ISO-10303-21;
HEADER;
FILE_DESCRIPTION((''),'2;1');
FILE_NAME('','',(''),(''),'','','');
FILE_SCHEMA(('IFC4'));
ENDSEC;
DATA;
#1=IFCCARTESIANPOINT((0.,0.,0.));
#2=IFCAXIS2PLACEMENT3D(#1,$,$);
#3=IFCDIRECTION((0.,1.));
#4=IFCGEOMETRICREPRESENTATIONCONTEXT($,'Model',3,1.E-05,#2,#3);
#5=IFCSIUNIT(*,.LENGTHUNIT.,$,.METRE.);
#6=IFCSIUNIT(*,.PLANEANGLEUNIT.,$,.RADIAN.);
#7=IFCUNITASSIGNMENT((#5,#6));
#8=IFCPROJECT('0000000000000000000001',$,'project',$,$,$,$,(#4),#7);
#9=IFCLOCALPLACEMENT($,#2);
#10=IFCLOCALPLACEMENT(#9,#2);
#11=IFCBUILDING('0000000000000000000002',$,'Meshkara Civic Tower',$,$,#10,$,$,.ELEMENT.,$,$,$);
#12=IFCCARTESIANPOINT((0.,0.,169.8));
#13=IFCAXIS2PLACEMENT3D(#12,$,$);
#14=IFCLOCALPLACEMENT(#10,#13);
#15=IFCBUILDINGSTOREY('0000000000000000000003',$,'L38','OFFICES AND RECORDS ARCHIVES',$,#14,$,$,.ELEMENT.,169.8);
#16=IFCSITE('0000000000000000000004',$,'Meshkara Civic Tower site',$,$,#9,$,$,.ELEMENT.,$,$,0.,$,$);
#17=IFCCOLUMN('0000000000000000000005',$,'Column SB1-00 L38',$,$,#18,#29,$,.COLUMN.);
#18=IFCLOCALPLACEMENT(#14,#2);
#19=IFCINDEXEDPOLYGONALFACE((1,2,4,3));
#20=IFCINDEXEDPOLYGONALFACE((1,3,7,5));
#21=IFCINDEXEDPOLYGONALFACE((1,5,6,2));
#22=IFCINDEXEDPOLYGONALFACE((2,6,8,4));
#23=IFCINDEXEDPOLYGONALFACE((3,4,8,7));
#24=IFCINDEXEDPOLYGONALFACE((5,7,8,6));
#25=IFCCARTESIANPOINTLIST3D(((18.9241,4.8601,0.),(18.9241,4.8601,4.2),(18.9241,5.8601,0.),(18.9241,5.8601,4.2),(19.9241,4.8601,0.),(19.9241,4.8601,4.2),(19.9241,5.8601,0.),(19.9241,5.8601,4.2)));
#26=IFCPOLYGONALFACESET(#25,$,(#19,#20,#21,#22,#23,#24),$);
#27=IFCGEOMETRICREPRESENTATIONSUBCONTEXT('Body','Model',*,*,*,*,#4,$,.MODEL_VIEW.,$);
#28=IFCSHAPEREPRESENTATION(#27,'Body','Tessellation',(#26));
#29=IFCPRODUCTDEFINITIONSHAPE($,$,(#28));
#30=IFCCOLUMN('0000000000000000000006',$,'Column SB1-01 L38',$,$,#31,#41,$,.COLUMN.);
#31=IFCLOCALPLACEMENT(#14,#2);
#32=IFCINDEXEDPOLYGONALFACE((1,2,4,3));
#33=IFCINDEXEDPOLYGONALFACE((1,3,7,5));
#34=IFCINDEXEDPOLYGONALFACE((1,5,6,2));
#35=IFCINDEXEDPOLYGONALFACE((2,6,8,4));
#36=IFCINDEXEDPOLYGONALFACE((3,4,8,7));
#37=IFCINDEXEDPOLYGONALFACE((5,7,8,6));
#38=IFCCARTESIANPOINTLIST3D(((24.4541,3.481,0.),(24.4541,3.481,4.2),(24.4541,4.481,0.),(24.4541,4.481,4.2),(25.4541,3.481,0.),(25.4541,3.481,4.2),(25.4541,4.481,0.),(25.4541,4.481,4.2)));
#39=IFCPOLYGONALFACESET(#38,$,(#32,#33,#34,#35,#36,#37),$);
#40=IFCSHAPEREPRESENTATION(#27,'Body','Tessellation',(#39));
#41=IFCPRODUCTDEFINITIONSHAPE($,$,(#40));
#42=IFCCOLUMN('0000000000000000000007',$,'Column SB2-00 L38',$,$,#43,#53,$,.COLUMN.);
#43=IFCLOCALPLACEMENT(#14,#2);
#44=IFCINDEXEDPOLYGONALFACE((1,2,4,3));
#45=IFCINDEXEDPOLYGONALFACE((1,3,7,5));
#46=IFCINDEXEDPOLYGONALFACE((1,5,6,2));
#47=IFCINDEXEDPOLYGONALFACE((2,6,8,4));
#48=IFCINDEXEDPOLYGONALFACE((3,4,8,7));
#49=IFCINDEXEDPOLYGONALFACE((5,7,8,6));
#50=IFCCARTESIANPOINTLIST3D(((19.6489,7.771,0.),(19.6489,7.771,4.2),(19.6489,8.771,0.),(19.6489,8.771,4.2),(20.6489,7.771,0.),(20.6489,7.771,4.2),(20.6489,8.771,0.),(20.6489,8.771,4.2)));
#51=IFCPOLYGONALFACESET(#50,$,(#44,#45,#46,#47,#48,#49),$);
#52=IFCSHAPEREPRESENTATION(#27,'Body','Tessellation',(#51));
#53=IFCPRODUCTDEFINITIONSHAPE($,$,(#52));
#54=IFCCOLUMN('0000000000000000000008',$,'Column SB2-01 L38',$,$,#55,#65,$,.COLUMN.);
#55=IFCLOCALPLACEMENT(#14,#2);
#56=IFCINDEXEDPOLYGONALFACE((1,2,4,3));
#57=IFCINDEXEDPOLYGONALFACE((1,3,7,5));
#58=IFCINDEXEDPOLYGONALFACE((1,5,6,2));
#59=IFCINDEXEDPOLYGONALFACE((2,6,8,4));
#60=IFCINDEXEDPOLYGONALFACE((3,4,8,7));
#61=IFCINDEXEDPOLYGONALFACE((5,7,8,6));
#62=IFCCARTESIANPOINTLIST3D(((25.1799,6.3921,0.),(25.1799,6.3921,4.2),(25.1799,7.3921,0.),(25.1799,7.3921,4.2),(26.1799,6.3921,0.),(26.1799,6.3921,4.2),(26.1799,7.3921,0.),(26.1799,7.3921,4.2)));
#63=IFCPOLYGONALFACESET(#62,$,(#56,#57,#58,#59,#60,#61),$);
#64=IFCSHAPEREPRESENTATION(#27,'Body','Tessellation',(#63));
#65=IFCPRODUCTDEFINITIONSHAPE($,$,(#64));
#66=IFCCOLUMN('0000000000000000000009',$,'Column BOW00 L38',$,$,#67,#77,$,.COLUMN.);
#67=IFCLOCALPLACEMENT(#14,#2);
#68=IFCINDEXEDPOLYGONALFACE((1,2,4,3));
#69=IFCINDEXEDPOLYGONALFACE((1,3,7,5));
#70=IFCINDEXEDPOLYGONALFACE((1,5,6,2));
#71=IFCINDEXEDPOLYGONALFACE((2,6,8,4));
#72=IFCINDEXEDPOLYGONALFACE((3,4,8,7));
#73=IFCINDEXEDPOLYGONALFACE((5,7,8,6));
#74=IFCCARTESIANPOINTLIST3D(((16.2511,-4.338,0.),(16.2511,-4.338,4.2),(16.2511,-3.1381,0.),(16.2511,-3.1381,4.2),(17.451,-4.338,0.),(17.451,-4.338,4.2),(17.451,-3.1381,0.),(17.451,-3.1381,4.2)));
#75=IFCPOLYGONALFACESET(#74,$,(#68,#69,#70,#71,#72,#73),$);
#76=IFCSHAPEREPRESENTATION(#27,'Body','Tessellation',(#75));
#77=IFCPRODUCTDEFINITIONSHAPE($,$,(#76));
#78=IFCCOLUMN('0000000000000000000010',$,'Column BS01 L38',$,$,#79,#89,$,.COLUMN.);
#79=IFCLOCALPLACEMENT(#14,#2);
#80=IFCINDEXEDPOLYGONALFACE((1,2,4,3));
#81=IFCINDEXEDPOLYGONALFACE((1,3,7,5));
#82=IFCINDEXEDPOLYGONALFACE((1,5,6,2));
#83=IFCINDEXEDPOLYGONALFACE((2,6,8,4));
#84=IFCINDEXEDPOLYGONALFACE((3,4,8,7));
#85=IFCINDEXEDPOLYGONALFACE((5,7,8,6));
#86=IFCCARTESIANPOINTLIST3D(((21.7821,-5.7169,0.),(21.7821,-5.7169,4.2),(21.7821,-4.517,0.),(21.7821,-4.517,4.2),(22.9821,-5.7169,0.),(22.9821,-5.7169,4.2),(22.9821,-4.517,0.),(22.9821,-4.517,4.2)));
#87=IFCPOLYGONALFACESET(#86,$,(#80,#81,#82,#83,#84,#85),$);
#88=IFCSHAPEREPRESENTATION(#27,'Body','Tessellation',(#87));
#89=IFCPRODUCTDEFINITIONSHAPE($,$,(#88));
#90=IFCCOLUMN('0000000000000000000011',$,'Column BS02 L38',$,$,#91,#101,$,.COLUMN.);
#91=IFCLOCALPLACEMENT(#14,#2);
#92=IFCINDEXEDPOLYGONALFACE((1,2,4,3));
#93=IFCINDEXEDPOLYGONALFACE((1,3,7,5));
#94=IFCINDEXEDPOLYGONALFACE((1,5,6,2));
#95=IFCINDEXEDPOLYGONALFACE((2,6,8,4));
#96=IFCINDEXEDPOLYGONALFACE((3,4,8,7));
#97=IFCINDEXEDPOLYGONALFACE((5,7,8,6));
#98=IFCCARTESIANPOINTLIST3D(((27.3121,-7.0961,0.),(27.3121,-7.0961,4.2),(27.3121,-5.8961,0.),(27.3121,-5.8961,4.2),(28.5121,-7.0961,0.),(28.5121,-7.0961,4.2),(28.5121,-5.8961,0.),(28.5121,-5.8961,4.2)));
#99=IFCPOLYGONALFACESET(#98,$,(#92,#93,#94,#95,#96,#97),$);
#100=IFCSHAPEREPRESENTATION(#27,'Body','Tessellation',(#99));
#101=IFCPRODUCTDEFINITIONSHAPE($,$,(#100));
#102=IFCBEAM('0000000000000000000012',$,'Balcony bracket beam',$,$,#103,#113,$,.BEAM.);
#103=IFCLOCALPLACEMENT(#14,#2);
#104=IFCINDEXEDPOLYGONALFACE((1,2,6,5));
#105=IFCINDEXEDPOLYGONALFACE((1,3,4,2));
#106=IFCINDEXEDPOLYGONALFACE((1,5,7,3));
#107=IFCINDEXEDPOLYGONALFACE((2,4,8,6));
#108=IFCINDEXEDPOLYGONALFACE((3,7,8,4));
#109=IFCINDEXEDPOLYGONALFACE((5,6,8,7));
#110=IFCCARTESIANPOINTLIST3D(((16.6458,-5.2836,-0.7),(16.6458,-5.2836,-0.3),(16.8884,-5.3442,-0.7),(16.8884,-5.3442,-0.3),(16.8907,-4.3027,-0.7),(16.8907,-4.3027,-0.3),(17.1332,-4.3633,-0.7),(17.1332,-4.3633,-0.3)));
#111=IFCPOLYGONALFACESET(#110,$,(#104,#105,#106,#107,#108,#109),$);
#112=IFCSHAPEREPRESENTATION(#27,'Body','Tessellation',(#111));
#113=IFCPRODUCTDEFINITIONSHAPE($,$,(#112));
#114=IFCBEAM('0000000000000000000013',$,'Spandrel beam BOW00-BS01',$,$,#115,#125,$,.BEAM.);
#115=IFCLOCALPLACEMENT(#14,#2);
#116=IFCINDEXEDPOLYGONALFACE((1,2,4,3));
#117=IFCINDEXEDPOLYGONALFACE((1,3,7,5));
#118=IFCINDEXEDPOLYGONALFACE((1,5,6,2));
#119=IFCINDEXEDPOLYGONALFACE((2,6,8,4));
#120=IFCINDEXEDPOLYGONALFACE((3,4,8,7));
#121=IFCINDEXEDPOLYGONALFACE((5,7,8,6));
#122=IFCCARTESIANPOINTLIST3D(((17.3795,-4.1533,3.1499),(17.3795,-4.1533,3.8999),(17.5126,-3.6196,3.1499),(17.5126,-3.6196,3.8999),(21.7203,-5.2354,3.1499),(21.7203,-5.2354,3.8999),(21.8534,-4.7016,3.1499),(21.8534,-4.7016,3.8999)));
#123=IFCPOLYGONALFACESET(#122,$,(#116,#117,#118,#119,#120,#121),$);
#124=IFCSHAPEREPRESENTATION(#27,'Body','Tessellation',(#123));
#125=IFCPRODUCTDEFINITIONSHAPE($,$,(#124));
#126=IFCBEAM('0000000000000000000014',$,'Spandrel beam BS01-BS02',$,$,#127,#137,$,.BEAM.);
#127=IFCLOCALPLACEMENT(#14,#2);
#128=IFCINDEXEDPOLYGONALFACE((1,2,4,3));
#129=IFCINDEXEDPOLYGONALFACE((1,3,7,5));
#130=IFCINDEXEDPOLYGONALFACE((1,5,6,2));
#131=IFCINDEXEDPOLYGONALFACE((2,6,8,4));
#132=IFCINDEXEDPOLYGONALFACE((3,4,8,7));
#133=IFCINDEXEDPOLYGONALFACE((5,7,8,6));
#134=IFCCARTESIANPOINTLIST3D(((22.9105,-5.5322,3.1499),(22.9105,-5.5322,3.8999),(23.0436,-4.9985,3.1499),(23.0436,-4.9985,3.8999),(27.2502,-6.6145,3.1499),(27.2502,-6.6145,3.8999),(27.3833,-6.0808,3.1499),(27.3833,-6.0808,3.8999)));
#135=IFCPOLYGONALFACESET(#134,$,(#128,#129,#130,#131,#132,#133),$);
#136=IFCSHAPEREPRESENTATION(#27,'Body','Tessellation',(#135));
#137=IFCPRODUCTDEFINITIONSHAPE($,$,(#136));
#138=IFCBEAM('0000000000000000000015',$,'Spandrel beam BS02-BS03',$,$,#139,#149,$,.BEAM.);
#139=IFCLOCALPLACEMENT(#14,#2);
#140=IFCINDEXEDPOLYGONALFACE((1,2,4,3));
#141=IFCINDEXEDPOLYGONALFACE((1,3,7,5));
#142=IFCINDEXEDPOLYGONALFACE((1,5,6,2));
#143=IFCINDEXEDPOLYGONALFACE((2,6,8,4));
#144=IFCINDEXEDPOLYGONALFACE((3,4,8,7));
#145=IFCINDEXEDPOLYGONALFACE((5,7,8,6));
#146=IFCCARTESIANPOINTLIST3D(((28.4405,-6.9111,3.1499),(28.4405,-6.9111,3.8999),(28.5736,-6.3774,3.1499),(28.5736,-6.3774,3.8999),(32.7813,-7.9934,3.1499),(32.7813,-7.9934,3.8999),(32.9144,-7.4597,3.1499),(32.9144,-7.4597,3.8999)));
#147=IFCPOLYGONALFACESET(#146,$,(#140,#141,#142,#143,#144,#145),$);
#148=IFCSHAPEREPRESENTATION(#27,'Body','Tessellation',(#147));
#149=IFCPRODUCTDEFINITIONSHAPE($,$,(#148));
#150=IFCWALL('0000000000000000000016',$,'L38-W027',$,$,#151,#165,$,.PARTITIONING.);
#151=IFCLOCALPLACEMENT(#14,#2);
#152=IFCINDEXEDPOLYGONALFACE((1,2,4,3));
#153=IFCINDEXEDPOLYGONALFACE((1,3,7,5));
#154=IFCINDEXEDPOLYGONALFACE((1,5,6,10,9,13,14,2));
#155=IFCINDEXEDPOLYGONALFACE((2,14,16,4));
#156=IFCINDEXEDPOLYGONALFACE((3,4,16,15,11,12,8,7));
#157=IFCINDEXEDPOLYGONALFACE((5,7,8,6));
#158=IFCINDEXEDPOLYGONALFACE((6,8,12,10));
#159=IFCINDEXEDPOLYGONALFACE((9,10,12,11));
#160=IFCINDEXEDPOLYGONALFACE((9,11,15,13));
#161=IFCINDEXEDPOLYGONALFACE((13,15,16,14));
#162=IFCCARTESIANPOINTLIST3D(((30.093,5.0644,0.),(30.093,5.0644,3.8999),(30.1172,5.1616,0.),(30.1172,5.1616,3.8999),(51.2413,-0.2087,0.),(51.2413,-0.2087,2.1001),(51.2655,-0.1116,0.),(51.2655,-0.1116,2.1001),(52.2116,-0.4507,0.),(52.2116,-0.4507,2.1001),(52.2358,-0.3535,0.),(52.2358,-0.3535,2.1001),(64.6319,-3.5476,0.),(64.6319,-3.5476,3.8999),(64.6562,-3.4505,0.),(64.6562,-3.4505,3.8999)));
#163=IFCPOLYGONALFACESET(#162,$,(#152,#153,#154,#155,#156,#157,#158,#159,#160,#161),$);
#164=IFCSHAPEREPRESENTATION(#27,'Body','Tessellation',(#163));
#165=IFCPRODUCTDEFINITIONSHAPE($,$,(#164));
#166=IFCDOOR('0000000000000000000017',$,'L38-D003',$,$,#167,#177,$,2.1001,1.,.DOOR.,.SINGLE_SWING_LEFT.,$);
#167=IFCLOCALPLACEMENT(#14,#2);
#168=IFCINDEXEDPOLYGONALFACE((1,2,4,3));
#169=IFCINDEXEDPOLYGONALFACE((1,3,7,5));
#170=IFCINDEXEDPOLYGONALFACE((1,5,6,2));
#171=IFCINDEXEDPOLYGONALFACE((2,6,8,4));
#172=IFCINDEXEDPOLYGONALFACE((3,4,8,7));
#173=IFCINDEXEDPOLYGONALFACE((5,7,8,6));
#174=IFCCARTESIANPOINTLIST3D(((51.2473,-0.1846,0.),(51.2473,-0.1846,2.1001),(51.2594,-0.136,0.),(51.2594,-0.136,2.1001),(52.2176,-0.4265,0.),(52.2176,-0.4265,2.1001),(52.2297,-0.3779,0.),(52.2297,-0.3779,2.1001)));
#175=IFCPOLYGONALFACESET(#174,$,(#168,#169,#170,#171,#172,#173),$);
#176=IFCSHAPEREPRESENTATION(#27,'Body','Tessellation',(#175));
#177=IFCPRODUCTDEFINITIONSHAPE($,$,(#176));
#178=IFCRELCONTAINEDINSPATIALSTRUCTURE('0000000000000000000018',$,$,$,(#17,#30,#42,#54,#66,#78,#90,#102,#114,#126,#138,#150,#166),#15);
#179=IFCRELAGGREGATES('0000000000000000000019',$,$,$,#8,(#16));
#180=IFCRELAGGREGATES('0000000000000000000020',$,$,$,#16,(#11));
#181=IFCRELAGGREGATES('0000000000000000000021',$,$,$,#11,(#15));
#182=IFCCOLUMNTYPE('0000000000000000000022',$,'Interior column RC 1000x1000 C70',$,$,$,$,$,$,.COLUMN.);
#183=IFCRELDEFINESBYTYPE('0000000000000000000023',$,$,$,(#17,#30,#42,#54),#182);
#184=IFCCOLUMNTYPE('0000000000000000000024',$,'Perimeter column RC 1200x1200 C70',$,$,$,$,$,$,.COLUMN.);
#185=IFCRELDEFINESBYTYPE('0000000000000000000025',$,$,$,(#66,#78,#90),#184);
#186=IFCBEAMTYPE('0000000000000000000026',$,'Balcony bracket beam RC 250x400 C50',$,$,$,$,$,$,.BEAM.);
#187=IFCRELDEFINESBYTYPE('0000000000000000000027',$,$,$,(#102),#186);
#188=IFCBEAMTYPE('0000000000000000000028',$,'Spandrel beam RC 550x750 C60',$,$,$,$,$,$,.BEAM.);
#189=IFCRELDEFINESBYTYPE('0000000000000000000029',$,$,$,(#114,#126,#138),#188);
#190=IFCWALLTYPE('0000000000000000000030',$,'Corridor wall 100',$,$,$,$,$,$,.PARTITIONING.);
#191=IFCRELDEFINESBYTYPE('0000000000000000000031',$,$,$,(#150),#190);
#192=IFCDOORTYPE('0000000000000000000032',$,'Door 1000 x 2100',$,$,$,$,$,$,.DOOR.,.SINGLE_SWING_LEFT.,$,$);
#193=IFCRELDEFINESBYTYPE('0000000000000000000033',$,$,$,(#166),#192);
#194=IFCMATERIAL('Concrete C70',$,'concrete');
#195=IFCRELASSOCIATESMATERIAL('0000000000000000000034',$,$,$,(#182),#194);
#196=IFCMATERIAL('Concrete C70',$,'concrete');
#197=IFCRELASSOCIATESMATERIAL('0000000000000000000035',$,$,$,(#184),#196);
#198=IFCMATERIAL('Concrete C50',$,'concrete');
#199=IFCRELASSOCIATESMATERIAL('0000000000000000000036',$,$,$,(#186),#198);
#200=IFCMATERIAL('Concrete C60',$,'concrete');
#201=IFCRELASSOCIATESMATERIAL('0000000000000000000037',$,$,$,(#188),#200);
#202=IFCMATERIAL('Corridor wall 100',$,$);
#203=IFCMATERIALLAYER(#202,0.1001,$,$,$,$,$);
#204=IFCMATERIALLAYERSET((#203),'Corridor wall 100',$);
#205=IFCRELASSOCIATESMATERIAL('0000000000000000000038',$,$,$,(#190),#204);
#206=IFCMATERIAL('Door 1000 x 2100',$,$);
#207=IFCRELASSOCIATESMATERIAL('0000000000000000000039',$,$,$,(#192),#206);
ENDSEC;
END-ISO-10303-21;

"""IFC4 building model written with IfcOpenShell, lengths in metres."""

from ifc_helpers import new_model, si_unit, direction, frame, frame_2d, origin, origin_2d, place, context, subcontext, project, spatial, rectangle, extrude, material, layer, layer_set, material_profile, profile_set, type_object, element, fill, save


model = new_model("IFC4")

# Units and contexts
model_context = context("Model", 3, precision=1e-05, world=origin(), true_north=direction((0.0, 1.0)))
body_context = subcontext(model_context, "Body", "Model", "MODEL_VIEW")
ifc_project = project(units=[si_unit("LENGTHUNIT", "METRE"), si_unit("PLANEANGLEUNIT", "RADIAN")], contexts=[model_context])

# Site, building, storey
site_placement = place(None, origin())
site = spatial("IfcSite", under=ifc_project, at=site_placement, Name="Meshkara Civic Tower site", CompositionType="ELEMENT", RefElevation=0.0)
building_placement = place(site_placement, origin())
building = spatial("IfcBuilding", under=site, at=building_placement, Name="Meshkara Civic Tower", CompositionType="ELEMENT")
storey_placement = place(building_placement, frame((0.0, 0.0, 169.8)))
storey = spatial("IfcBuildingStorey", under=building, at=storey_placement, Name="L38", Description="OFFICES AND RECORDS ARCHIVES", CompositionType="ELEMENT", Elevation=169.8)

# Columns
ifc_material_1 = material(Name="Concrete C70", Category="concrete")
ifc_material_profile_1 = material_profile(ifc_material_1, rectangle(XDim=1.0, YDim=1.0, at=origin_2d()))
ifc_profile_set_1 = profile_set([ifc_material_profile_1], Name="Concrete C70")
column_type_1 = type_object("IfcColumnType", Name="Interior column RC 1000x1000 C70", PredefinedType="COLUMN", material=ifc_profile_set_1)
for number, where, z_axis, x_axis, name in (
    (1, (19.4241, 5.3601, 0.0), (0.0, 0.0, 1.0), (1.0, 0.0, 0.0), "Column SB1-00 L38"),
    (2, (24.9541, 3.981, 0.0), (0.0, 0.0, 1.0), (1.0, 0.0, 0.0), "Column SB1-01 L38"),
    (3, (20.1489, 8.271, 0.0), (0.0, 0.0, 1.0), (1.0, 0.0, 0.0), "Column SB2-00 L38"),
    (4, (25.6799, 6.8921, 0.0), (0.0, 0.0, 1.0), (1.0, 0.0, 0.0), "Column SB2-01 L38"),
):
    element("IfcColumn", number, at=place(storey_placement, frame(where, z_axis=z_axis, x_axis=x_axis)), inside=storey, type_object=column_type_1, Name=name, PredefinedType="COLUMN", context=body_context, shape_type="SweptSolid", body=[
        extrude(rectangle(XDim=1.0, YDim=1.0, at=origin_2d()), origin(), (0.0, 0.0, 1.0), 4.2),
    ])
ifc_material_2 = material(Name="Concrete C70", Category="concrete")
ifc_material_profile_2 = material_profile(ifc_material_2, rectangle(XDim=1.2, YDim=1.2, at=origin_2d()))
ifc_profile_set_2 = profile_set([ifc_material_profile_2], Name="Concrete C70")
column_type_2 = type_object("IfcColumnType", Name="Perimeter column RC 1200x1200 C70", PredefinedType="COLUMN", material=ifc_profile_set_2)
for number, where, z_axis, x_axis, name in (
    (5, (16.8511, -3.738, 0.0), (0.0, 0.0, 1.0), (1.0, 0.0, 0.0), "Column BOW00 L38"),
    (6, (22.3821, -5.1169, 0.0), (0.0, 0.0, 1.0), (1.0, 0.0, 0.0), "Column BS01 L38"),
    (7, (27.9121, -6.4961, 0.0), (0.0, 0.0, 1.0), (1.0, 0.0, 0.0), "Column BS02 L38"),
):
    element("IfcColumn", number, at=place(storey_placement, frame(where, z_axis=z_axis, x_axis=x_axis)), inside=storey, type_object=column_type_2, Name=name, PredefinedType="COLUMN", context=body_context, shape_type="SweptSolid", body=[
        extrude(rectangle(XDim=1.2, YDim=1.2, at=origin_2d()), origin(), (0.0, 0.0, 1.0), 4.2),
    ])

# Beams
ifc_material_3 = material(Name="Concrete C50", Category="concrete")
ifc_material_profile_3 = material_profile(ifc_material_3, rectangle(XDim=0.25, YDim=0.3999, at=origin_2d()))
ifc_profile_set_3 = profile_set([ifc_material_profile_3], Name="Concrete C50")
beam_type_1 = type_object("IfcBeamType", Name="Balcony bracket beam RC 250x400 C50", PredefinedType="BEAM", material=ifc_profile_set_3)
beam_1_placement = place(storey_placement, frame((17.012, -4.333, -0.5), z_axis=(-0.242195, -0.970228, 0.0), x_axis=(0.970228, -0.242195, 0.0)))
element("IfcBeam", 8, at=beam_1_placement, inside=storey, type_object=beam_type_1, Name="Balcony bracket beam", PredefinedType="BEAM", context=body_context, shape_type="SweptSolid", body=[
    extrude(rectangle(XDim=0.25, YDim=0.3999, at=origin_2d()), origin(), (0.0, 0.0, 1.0), 1.011),
])
ifc_material_4 = material(Name="Concrete C60", Category="concrete")
ifc_material_profile_4 = material_profile(ifc_material_4, rectangle(XDim=0.55, YDim=0.75, at=origin_2d()))
ifc_profile_set_4 = profile_set([ifc_material_profile_4], Name="Concrete C60")
beam_type_2 = type_object("IfcBeamType", Name="Spandrel beam RC 550x750 C60", PredefinedType="BEAM", material=ifc_profile_set_4)
beam_2_placement = place(storey_placement, frame((17.446, -3.8865, 3.5249), z_axis=(0.970309, -0.241868, 0.0), x_axis=(0.241868, 0.970309, 0.0)))
element("IfcBeam", 9, at=beam_2_placement, inside=storey, type_object=beam_type_2, Name="Spandrel beam BOW00-BS01", PredefinedType="BEAM", context=body_context, shape_type="SweptSolid", body=[
    extrude(rectangle(XDim=0.55, YDim=0.75, at=origin_2d()), origin(), (0.0, 0.0, 1.0), 4.4736),
])
beam_3_placement = place(storey_placement, frame((22.9771, -5.2654, 3.5249), z_axis=(0.970284, -0.24197, 0.0), x_axis=(0.24197, 0.970284, 0.0)))
element("IfcBeam", 10, at=beam_3_placement, inside=storey, type_object=beam_type_2, Name="Spandrel beam BS01-BS02", PredefinedType="BEAM", context=body_context, shape_type="SweptSolid", body=[
    extrude(rectangle(XDim=0.55, YDim=0.75, at=origin_2d()), origin(), (0.0, 0.0, 1.0), 4.4727),
])
beam_4_placement = place(storey_placement, frame((28.5071, -6.6443, 3.5249), z_axis=(0.970296, -0.241919, 0.0), x_axis=(0.241919, 0.970296, 0.0)))
element("IfcBeam", 11, at=beam_4_placement, inside=storey, type_object=beam_type_2, Name="Spandrel beam BS02-BS03", PredefinedType="BEAM", context=body_context, shape_type="SweptSolid", body=[
    extrude(rectangle(XDim=0.55, YDim=0.75, at=origin_2d()), origin(), (0.0, 0.0, 1.0), 4.4736),
])

# Wall, opening, door
ifc_material_5 = material(Name="Corridor wall 100")
ifc_layer_1 = layer(ifc_material_5, 0.1001)
ifc_layer_set_1 = layer_set([ifc_layer_1], Name="Corridor wall 100")
wall_type_1 = type_object("IfcWallType", Name="Corridor wall 100", PredefinedType="PARTITIONING", material=ifc_layer_set_1)
wall_1_placement = place(storey_placement, frame((30.105, 5.113, 0.0), z_axis=(0.0, 0.0, 1.0), x_axis=(0.970292, -0.241935, 0.0)))
wall_1 = element("IfcWall", 12, at=wall_1_placement, inside=storey, type_object=wall_type_1, Name="L38-W027", PredefinedType="PARTITIONING", context=body_context, shape_type="SweptSolid", body=[
    extrude(rectangle(XDim=35.5964, YDim=0.1001, at=frame_2d((17.7983, 0.0))), origin(), (0.0, 0.0, 1.0), 3.8999),
])
opening_1_placement = place(wall_1_placement, frame((21.7959, 0.0, 0.0)))
opening_1 = element("IfcOpeningElement", 13, at=opening_1_placement, cuts=wall_1, PredefinedType="OPENING", context=body_context, shape_type="SweptSolid", body=[
    extrude(rectangle(XDim=1.0, YDim=2.1001, at=frame_2d((0.5, 1.05))), frame((0.0, 0.0601, 0.0), z_axis=(0.0, -1.0, 0.0), x_axis=(1.0, 0.0, 0.0)), (0.0, 0.0, 1.0), 0.1201),
])
ifc_material_6 = material(Name="Door 1000 x 2100")
door_type_1 = type_object("IfcDoorType", Name="Door 1000 x 2100", OperationType="SINGLE_SWING_LEFT", PredefinedType="DOOR", material=ifc_material_6)
door_1_placement = place(opening_1_placement, origin())
door_1 = element("IfcDoor", 14, at=door_1_placement, inside=storey, type_object=door_type_1, Name="L38-D003", OperationType="SINGLE_SWING_LEFT", OverallHeight=2.1001, OverallWidth=1.0, PredefinedType="DOOR", context=body_context, shape_type="SweptSolid", body=[
    extrude(rectangle(XDim=1.0, YDim=2.1001, at=frame_2d((0.5, 1.05))), frame((0.0, 0.0249, 0.0), z_axis=(0.0, -1.0, 0.0), x_axis=(1.0, 0.0, 0.0)), (0.0, 0.0, 1.0), 0.05),
])
fill(opening_1, door_1)

save(model, "model.ifc")
